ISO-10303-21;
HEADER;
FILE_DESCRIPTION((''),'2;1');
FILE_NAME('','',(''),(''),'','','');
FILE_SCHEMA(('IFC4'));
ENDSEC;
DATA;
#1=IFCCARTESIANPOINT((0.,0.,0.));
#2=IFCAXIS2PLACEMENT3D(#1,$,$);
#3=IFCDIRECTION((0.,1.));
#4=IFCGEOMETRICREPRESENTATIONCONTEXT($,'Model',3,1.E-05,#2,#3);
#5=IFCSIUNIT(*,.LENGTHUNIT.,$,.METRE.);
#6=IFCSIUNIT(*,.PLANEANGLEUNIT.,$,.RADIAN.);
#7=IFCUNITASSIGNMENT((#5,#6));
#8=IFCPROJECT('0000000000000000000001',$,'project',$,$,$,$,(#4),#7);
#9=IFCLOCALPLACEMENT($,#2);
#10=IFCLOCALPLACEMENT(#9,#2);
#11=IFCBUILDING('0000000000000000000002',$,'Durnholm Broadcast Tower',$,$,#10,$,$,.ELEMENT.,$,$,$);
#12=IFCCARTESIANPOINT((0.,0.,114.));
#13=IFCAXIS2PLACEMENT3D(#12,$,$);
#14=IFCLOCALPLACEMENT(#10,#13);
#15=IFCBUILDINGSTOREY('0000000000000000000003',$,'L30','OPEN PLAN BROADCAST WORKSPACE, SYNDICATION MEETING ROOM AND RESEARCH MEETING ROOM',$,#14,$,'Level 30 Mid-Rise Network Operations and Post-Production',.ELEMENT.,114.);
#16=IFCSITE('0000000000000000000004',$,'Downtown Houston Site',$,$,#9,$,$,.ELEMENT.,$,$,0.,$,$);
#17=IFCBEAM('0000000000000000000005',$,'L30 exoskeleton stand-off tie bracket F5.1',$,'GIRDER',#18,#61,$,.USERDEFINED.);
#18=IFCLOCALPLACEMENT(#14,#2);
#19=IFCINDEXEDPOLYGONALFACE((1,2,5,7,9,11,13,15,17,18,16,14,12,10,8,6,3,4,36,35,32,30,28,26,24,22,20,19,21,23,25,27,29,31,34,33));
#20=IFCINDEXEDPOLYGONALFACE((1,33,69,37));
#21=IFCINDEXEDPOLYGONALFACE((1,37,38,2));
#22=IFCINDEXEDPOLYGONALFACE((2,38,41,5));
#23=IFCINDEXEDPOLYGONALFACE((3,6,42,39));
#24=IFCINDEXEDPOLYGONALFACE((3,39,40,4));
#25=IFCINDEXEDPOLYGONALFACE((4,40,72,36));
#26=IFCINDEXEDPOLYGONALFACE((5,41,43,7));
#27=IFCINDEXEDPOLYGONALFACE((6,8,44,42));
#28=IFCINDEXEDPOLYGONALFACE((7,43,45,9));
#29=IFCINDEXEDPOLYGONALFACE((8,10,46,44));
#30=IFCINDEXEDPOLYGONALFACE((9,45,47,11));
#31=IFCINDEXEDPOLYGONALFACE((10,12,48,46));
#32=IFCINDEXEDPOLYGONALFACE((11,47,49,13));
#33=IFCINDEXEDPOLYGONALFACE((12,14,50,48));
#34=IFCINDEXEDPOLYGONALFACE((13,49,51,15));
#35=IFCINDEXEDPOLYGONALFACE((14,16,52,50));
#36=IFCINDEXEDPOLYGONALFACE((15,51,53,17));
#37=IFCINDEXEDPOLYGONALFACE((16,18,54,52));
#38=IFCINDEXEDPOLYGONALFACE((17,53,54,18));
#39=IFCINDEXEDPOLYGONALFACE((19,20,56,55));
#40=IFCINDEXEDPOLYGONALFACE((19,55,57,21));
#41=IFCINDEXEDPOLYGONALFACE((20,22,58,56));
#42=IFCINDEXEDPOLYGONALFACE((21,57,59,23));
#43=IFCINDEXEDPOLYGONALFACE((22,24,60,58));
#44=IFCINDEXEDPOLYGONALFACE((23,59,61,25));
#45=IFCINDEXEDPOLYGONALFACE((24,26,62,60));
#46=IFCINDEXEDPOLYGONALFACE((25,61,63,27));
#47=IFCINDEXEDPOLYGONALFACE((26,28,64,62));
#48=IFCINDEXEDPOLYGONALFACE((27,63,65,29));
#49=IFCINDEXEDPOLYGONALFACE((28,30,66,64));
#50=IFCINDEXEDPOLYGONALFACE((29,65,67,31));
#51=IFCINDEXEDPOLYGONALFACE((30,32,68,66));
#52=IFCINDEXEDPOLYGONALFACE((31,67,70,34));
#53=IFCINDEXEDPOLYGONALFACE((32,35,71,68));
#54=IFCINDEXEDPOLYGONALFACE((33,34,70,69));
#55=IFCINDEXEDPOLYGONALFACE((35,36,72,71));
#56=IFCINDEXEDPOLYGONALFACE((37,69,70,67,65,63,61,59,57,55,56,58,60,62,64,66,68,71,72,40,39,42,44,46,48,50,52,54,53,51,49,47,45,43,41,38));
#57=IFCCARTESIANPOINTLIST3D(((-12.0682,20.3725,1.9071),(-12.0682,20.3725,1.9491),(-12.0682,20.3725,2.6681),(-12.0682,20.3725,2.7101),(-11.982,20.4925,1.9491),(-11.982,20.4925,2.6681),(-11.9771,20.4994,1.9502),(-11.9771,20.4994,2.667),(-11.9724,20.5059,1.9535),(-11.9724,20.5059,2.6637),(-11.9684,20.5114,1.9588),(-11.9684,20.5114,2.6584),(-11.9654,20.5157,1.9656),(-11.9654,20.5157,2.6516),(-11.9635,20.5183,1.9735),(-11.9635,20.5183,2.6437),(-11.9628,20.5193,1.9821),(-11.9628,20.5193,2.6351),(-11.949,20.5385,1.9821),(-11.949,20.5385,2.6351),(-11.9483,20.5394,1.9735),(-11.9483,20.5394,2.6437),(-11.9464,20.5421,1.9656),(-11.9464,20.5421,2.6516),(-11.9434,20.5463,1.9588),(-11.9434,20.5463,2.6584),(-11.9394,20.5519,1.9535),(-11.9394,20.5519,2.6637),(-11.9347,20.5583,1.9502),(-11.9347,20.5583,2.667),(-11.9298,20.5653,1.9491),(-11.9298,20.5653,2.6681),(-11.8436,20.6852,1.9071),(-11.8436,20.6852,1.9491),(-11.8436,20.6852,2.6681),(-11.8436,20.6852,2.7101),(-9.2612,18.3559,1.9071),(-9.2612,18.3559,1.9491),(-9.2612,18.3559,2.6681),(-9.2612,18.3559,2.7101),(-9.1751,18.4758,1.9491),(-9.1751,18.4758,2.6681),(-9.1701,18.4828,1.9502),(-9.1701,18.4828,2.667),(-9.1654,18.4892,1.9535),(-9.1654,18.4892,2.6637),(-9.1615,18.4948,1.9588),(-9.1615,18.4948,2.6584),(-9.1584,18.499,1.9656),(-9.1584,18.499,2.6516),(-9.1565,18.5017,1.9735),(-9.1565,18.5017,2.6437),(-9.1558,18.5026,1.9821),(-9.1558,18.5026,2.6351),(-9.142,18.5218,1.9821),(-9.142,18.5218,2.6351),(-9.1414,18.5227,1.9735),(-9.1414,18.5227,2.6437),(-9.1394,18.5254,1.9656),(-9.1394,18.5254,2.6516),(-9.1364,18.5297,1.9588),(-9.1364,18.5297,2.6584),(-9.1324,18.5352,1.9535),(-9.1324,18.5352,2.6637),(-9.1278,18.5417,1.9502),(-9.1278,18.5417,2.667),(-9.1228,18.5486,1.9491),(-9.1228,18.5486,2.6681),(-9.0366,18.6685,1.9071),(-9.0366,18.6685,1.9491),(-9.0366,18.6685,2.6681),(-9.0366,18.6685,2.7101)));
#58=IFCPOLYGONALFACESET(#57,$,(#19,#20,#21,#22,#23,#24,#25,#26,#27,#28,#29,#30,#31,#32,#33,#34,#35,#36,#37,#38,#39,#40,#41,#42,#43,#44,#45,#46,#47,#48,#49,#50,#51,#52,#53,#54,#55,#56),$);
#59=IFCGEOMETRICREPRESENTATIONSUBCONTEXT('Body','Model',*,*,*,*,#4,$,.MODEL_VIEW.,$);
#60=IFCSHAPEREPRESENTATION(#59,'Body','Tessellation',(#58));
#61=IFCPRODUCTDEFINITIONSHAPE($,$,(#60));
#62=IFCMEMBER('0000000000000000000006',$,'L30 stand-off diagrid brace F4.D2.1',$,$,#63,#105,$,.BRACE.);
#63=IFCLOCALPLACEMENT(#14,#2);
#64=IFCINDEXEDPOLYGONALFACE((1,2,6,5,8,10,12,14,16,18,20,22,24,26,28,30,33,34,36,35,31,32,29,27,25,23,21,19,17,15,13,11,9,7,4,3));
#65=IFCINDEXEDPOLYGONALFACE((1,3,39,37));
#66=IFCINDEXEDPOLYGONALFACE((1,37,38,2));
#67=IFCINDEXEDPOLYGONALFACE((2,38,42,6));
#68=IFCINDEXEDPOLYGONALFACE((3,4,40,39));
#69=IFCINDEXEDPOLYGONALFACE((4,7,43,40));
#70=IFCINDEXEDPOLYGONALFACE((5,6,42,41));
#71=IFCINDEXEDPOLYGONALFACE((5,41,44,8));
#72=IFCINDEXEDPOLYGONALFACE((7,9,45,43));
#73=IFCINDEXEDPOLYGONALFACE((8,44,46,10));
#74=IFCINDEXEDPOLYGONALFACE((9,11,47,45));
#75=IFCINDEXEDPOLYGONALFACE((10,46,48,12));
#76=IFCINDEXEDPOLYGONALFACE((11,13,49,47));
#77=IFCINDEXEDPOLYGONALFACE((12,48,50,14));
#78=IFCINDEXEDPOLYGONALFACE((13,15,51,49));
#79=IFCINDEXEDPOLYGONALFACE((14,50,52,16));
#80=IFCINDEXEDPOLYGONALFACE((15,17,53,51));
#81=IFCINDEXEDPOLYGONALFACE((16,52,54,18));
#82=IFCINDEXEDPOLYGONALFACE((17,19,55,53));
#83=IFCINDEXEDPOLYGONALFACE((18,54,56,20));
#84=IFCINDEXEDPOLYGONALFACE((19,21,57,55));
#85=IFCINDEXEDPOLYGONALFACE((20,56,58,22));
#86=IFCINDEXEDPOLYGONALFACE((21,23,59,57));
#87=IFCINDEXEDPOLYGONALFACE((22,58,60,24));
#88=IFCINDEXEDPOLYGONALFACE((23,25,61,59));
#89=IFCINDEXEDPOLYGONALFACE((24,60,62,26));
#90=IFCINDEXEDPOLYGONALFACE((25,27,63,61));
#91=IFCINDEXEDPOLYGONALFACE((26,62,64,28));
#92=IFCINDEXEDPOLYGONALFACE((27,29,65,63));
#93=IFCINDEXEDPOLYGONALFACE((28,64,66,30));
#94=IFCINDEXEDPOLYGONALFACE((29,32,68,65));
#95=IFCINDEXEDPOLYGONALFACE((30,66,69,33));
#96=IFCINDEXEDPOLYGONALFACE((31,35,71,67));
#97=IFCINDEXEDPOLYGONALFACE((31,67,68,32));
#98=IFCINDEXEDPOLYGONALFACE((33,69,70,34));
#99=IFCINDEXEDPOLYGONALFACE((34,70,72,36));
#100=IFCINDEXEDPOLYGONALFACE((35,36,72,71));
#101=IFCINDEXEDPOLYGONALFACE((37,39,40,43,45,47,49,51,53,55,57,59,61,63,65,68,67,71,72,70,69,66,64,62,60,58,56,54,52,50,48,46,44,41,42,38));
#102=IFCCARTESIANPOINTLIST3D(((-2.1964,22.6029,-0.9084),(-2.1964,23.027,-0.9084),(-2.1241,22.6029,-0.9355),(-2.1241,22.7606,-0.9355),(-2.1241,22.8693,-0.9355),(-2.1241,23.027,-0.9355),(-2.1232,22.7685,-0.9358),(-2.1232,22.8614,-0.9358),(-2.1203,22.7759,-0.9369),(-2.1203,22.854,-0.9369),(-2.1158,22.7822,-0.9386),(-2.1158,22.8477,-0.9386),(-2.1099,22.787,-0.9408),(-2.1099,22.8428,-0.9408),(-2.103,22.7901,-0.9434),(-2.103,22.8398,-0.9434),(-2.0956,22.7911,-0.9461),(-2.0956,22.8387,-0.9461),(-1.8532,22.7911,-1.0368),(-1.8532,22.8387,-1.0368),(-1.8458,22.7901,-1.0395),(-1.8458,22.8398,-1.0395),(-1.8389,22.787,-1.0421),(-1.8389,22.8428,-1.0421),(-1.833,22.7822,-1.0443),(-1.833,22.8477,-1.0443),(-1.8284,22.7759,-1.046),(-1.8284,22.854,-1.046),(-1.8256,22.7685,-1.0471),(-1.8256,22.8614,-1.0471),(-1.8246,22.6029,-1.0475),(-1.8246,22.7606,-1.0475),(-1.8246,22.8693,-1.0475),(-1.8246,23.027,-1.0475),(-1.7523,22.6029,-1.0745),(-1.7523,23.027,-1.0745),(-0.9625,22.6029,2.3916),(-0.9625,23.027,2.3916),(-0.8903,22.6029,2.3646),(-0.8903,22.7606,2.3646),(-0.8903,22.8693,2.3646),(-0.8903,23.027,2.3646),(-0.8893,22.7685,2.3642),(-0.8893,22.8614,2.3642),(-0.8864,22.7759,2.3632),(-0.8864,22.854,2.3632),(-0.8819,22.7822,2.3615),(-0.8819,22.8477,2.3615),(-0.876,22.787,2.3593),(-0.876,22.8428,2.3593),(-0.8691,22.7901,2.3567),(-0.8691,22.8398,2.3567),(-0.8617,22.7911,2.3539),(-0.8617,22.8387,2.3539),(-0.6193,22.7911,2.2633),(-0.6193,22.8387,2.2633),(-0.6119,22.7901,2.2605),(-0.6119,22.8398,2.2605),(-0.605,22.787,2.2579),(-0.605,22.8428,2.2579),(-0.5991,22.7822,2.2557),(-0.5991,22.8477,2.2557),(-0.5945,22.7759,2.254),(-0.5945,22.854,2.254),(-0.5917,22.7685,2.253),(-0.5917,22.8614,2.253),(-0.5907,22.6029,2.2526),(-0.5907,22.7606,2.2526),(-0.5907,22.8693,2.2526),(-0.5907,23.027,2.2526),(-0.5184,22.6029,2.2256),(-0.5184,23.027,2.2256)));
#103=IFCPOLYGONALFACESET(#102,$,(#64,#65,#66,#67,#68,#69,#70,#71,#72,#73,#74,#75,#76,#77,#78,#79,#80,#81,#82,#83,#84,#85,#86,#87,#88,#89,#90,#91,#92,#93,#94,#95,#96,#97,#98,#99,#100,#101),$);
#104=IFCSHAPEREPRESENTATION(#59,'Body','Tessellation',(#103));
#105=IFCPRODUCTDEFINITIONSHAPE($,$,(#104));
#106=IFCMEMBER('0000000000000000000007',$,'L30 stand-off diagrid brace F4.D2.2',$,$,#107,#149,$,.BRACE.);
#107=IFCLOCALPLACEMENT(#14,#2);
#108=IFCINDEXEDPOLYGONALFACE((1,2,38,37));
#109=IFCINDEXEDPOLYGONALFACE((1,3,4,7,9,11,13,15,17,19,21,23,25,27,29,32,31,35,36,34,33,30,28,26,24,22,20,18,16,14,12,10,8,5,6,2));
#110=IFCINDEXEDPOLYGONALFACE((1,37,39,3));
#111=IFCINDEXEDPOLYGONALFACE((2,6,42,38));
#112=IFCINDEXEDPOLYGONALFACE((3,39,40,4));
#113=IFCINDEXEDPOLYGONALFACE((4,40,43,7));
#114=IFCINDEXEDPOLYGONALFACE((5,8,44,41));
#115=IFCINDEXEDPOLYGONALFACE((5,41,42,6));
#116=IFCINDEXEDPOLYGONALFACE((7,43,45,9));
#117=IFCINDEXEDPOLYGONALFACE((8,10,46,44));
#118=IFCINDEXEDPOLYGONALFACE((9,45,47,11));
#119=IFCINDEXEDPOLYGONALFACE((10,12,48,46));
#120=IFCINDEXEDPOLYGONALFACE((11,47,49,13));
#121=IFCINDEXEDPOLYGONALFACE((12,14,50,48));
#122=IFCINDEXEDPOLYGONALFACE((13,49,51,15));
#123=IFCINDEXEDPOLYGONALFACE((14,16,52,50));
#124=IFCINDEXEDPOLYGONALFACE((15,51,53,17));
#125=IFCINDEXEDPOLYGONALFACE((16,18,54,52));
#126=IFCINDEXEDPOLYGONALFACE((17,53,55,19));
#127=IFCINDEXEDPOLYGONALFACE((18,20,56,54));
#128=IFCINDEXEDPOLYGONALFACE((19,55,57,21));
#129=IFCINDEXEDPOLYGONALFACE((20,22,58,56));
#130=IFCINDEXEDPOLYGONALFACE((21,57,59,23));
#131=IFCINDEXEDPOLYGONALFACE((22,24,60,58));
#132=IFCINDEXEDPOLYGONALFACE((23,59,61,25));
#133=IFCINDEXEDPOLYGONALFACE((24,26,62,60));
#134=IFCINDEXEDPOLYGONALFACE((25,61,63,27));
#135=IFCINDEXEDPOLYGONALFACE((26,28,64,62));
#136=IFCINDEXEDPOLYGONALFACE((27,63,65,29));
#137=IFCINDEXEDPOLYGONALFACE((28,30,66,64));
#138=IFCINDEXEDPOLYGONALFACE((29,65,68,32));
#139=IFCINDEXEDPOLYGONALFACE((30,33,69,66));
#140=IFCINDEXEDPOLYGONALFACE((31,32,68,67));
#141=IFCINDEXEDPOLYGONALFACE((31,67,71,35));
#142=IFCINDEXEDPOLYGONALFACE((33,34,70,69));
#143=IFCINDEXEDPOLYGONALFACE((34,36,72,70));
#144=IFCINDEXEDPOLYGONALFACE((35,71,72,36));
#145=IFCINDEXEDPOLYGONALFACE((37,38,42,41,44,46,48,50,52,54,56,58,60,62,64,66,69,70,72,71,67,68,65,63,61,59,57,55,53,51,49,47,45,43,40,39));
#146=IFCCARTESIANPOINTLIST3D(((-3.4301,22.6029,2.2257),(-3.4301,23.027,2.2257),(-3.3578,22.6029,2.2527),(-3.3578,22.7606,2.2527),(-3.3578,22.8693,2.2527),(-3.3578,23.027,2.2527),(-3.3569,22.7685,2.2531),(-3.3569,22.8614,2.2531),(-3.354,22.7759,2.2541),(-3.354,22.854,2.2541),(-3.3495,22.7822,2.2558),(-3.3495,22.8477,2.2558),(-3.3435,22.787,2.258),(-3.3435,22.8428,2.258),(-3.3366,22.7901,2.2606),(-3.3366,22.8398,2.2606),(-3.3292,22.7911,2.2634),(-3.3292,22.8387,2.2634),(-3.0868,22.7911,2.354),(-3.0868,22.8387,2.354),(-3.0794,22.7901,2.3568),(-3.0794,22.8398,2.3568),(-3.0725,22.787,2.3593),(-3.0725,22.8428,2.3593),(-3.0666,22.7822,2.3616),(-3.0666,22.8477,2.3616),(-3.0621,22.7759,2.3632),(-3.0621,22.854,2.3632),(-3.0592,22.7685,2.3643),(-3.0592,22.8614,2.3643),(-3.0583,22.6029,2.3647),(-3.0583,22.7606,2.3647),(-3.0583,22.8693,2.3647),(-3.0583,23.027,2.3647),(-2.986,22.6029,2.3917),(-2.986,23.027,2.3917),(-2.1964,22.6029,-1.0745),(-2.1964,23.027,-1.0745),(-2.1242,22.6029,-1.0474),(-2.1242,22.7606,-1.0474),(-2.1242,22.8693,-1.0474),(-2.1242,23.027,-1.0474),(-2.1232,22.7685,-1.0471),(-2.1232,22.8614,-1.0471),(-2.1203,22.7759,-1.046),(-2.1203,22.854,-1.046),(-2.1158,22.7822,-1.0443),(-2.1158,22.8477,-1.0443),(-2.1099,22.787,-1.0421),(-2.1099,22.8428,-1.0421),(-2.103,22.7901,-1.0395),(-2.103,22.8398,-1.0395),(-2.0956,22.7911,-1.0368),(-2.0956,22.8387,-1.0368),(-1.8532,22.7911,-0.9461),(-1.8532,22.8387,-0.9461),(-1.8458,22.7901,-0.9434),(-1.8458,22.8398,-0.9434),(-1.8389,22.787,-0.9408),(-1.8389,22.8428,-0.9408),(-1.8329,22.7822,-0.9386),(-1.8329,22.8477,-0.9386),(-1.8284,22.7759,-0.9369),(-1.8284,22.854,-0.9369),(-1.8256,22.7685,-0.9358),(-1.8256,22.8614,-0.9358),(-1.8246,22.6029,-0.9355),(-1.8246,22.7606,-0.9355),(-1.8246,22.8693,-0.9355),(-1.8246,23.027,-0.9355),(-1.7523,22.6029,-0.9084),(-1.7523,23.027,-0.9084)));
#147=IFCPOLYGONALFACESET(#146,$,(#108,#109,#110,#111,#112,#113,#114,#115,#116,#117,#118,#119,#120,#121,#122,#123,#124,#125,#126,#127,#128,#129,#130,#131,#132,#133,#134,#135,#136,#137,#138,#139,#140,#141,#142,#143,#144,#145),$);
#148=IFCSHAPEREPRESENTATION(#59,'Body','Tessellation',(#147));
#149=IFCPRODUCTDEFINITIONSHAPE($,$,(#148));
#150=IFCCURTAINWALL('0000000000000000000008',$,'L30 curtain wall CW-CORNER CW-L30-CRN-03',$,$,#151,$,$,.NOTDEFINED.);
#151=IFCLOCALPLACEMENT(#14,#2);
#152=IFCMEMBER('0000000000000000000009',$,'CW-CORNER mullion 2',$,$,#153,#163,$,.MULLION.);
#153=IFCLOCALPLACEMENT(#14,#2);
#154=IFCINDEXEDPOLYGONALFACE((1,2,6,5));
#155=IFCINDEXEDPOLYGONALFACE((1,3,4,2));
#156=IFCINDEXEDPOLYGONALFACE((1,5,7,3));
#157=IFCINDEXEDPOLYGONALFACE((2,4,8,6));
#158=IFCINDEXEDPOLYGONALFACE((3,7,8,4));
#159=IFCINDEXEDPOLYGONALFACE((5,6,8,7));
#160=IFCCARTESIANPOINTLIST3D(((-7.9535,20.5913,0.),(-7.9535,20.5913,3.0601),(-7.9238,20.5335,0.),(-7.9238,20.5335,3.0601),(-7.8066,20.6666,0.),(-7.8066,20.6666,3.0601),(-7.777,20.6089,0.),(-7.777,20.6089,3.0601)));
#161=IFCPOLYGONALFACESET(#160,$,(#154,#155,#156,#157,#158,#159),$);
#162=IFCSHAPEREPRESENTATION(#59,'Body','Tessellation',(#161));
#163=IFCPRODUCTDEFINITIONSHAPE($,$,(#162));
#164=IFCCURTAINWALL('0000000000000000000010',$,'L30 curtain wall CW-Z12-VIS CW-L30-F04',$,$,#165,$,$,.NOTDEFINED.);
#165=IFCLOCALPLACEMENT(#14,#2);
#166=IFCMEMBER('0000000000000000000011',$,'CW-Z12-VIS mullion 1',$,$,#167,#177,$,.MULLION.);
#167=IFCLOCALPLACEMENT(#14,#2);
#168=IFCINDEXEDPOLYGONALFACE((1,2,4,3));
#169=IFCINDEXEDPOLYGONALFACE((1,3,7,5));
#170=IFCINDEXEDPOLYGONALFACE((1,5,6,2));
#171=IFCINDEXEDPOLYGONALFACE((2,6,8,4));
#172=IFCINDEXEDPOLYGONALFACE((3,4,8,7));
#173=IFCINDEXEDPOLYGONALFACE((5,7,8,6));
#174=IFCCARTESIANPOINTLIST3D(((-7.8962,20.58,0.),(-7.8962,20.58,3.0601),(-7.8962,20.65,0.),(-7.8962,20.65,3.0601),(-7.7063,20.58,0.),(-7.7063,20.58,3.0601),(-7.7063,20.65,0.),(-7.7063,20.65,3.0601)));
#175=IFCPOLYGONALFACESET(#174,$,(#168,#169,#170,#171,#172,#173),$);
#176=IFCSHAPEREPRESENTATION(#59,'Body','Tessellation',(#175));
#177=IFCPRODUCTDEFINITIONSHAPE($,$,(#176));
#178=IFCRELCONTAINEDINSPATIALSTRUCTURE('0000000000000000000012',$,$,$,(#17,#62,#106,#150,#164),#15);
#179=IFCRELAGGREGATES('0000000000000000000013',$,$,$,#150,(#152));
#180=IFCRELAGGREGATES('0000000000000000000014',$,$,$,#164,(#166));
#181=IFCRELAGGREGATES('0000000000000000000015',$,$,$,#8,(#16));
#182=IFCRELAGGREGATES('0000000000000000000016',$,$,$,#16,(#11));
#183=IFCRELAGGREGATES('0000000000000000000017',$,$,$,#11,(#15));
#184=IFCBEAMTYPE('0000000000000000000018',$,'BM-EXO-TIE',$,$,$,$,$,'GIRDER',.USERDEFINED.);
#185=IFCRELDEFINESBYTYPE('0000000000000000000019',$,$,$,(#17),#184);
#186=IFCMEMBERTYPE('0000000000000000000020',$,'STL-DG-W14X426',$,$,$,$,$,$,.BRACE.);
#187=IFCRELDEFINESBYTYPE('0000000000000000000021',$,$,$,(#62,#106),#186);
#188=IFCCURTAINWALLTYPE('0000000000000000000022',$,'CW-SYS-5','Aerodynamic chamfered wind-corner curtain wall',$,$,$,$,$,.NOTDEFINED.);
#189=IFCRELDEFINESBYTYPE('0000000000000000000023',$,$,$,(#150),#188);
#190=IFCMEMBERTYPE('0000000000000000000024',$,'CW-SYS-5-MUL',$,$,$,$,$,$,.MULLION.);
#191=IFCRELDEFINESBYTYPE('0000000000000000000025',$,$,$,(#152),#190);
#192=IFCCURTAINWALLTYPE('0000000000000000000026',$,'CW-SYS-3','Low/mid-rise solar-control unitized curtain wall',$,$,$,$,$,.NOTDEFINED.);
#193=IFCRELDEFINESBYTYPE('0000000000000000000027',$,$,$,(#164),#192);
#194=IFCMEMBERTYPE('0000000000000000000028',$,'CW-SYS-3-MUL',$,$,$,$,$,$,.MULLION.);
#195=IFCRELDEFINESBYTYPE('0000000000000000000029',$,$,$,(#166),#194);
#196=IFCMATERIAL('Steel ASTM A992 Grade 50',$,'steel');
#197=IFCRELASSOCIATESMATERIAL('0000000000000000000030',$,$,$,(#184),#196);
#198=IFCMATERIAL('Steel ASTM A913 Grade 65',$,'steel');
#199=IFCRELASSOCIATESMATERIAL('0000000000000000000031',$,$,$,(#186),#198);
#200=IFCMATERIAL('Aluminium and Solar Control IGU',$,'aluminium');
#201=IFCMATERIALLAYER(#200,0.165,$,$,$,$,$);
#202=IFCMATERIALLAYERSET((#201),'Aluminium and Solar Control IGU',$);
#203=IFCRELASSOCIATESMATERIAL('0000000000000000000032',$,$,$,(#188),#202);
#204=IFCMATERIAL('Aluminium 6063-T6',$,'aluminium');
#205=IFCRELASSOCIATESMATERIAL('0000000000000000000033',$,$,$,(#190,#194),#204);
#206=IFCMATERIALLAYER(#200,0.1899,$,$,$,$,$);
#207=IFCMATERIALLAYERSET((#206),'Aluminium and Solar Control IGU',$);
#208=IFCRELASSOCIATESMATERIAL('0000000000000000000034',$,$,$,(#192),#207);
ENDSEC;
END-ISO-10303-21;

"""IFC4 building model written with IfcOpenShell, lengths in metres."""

from ifc_helpers import new_model, si_unit, direction, frame, origin, origin_2d, place, context, subcontext, project, spatial, rectangle, i_section, extrude, source, transform, mapped, material, layer, layer_set, material_profile, profile_set, type_object, type_shapes, element, aggregate, save


model = new_model("IFC4")

# Units and contexts
model_context = context("Model", 3, precision=1e-05, world=origin(), true_north=direction((0.0, 1.0)))
body_context = subcontext(model_context, "Body", "Model", "MODEL_VIEW")
ifc_project = project(units=[si_unit("LENGTHUNIT", "METRE"), si_unit("PLANEANGLEUNIT", "RADIAN")], contexts=[model_context])

# Site, building, storey
site_placement = place(None, origin())
site = spatial("IfcSite", under=ifc_project, at=site_placement, Name="Downtown Houston Site", CompositionType="ELEMENT", RefElevation=0.0)
building_placement = place(site_placement, origin())
building = spatial("IfcBuilding", under=site, at=building_placement, Name="Durnholm Broadcast Tower", CompositionType="ELEMENT")
storey_placement = place(building_placement, frame((0.0, 0.0, 114.0)))
storey = spatial("IfcBuildingStorey", under=building, at=storey_placement, Name="L30", Description="OPEN PLAN BROADCAST WORKSPACE, SYNDICATION MEETING ROOM AND RESEARCH MEETING ROOM", LongName="Level 30 Mid-Rise Network Operations and Post-Production", CompositionType="ELEMENT", Elevation=114.0)

# Beam
ifc_material_1 = material(Name="Steel ASTM A992 Grade 50", Category="steel")
ifc_material_profile_1 = material_profile(ifc_material_1, i_section(OverallWidth=0.385, OverallDepth=0.803, WebThickness=0.0237, FlangeThickness=0.042, FilletRadius=0.033, at=origin_2d()), Name="W30X261")
ifc_profile_set_1 = profile_set([ifc_material_profile_1], Name="Steel ASTM A992 Grade 50")
beam_type_1 = type_object("IfcBeamType", Name="BM-EXO-TIE", ElementType="GIRDER", PredefinedType="USERDEFINED", material=ifc_profile_set_1)
shared_shape_1 = source(origin(), body_context, "Body", "SweptSolid", [
    extrude(i_section(OverallWidth=0.385, OverallDepth=0.803, WebThickness=0.0237, FlangeThickness=0.042, FilletRadius=0.033, at=origin_2d()), origin(), (0.0, 0.0, 1.0), 3.4563),
])
beam_1_placement = place(storey_placement, frame((-9.1489, 18.5122, 2.3086), z_axis=(-0.812131, 0.583474, 0.0), x_axis=(-0.583474, -0.812131, 0.0)))
element("IfcBeam", 1, at=beam_1_placement, inside=storey, type_object=beam_type_1, Name="L30 exoskeleton stand-off tie bracket F5.1", ObjectType="GIRDER", PredefinedType="USERDEFINED", context=body_context, shape_type="MappedRepresentation", body=[
    mapped(shared_shape_1, transform((0.0, 0.0, 0.0), x_axis=(1.0, 0.0, 0.0), y_axis=(0.0, 1.0, 0.0), z_axis=(0.0, 0.0, 1.0), scale=1.0)),
])

# Members
ifc_material_2 = material(Name="Steel ASTM A913 Grade 65", Category="steel")
ifc_material_profile_2 = material_profile(ifc_material_2, i_section(OverallWidth=0.4241, OverallDepth=0.4741, WebThickness=0.0476, FlangeThickness=0.0771, FilletRadius=0.0305, at=origin_2d()), Name="W14X426")
ifc_profile_set_2 = profile_set([ifc_material_profile_2], Name="Steel ASTM A913 Grade 65")
member_type_1 = type_object("IfcMemberType", Name="STL-DG-W14X426", PredefinedType="BRACE", material=ifc_profile_set_2)
shared_shape_2 = source(origin(), body_context, "Body", "SweptSolid", [
    extrude(i_section(OverallWidth=0.4241, OverallDepth=0.4741, WebThickness=0.0476, FlangeThickness=0.0771, FilletRadius=0.0305, at=origin_2d()), origin(), (0.0, 0.0, 1.0), 3.5232),
])
type_shapes(member_type_1, [shared_shape_2])
for number, where, z_axis, x_axis, name in (
    (2, (-1.9744, 22.8149, -0.9915), (0.35022, 0.0, 0.936668), (0.0, 1.0, 0.0), "L30 stand-off diagrid brace F4.D2.1"),
    (3, (-1.9744, 22.8149, -0.9915), (-0.350159, 0.0, 0.93669), (0.0, -1.0, 0.0), "L30 stand-off diagrid brace F4.D2.2"),
):
    element("IfcMember", number, at=place(storey_placement, frame(where, z_axis=z_axis, x_axis=x_axis)), inside=storey, type_object=member_type_1, Name=name, PredefinedType="BRACE", context=body_context, shape_type="MappedRepresentation", body=[
        mapped(shared_shape_2, transform((0.0, 0.0, 0.0), x_axis=(1.0, 0.0, 0.0), y_axis=(0.0, 1.0, 0.0), z_axis=(0.0, 0.0, 1.0), scale=1.0)),
    ])

# Curtain wall, member
ifc_material_3 = material(Name="Aluminium and Solar Control IGU", Category="aluminium")
ifc_layer_1 = layer(ifc_material_3, 0.165)
ifc_layer_set_1 = layer_set([ifc_layer_1], Name="Aluminium and Solar Control IGU")
curtain_wall_type_1 = type_object("IfcCurtainWallType", Name="CW-SYS-5", Description="Aerodynamic chamfered wind-corner curtain wall", PredefinedType="NOTDEFINED", material=ifc_layer_set_1)
curtain_wall_1_placement = place(storey_placement, origin())
curtain_wall_1 = element("IfcCurtainWall", 4, at=curtain_wall_1_placement, inside=storey, type_object=curtain_wall_type_1, Name="L30 curtain wall CW-CORNER CW-L30-CRN-03", PredefinedType="NOTDEFINED")
ifc_material_4 = material(Name="Aluminium 6063-T6", Category="aluminium")
ifc_material_profile_3 = material_profile(ifc_material_4, rectangle(XDim=0.0649, YDim=0.165, at=origin_2d()), Name="CWM65X165")
ifc_profile_set_3 = profile_set([ifc_material_profile_3], Name="Aluminium 6063-T6")
member_type_2 = type_object("IfcMemberType", Name="CW-SYS-5-MUL", PredefinedType="MULLION", material=ifc_profile_set_3)
shared_shape_3 = source(origin(), body_context, "Body", "SweptSolid", [
    extrude(rectangle(XDim=0.0649, YDim=0.165, at=origin_2d()), origin(), (0.0, 0.0, 1.0), 3.0601),
])
type_shapes(member_type_2, [shared_shape_3])
member_1_placement = place(storey_placement, frame((-7.8652, 20.6001, 0.0), z_axis=(0.0, 0.0, 1.0), x_axis=(-0.456373, 0.889788, 0.0)))
member_1 = element("IfcMember", 5, at=member_1_placement, type_object=member_type_2, Name="CW-CORNER mullion 2", PredefinedType="MULLION", context=body_context, shape_type="MappedRepresentation", body=[
    mapped(shared_shape_3, transform((0.0, 0.0, 0.0), x_axis=(1.0, 0.0, 0.0), y_axis=(0.0, 1.0, 0.0), z_axis=(0.0, 0.0, 1.0), scale=1.0)),
])

# Curtain wall, member
ifc_layer_2 = layer(ifc_material_3, 0.1899)
ifc_layer_set_2 = layer_set([ifc_layer_2], Name="Aluminium and Solar Control IGU")
curtain_wall_type_2 = type_object("IfcCurtainWallType", Name="CW-SYS-3", Description="Low/mid-rise solar-control unitized curtain wall", PredefinedType="NOTDEFINED", material=ifc_layer_set_2)
curtain_wall_2_placement = place(storey_placement, origin())
curtain_wall_2 = element("IfcCurtainWall", 6, at=curtain_wall_2_placement, inside=storey, type_object=curtain_wall_type_2, Name="L30 curtain wall CW-Z12-VIS CW-L30-F04", PredefinedType="NOTDEFINED")
ifc_material_profile_4 = material_profile(ifc_material_4, rectangle(XDim=0.0701, YDim=0.1899, at=origin_2d()), Name="CWM70X190")
ifc_profile_set_4 = profile_set([ifc_material_profile_4], Name="Aluminium 6063-T6")
member_type_3 = type_object("IfcMemberType", Name="CW-SYS-3-MUL", PredefinedType="MULLION", material=ifc_profile_set_4)
shared_shape_4 = source(origin(), body_context, "Body", "SweptSolid", [
    extrude(rectangle(XDim=0.0701, YDim=0.1899, at=origin_2d()), origin(), (0.0, 0.0, 1.0), 3.0601),
])
type_shapes(member_type_3, [shared_shape_4])
member_2_placement = place(storey_placement, frame((-7.8013, 20.615, 0.0), z_axis=(0.0, 0.0, 1.0), x_axis=(0.0, 1.0, 0.0)))
member_2 = element("IfcMember", 7, at=member_2_placement, type_object=member_type_3, Name="CW-Z12-VIS mullion 1", PredefinedType="MULLION", context=body_context, shape_type="MappedRepresentation", body=[
    mapped(shared_shape_4, transform((0.0, 0.0, 0.0), x_axis=(1.0, 0.0, 0.0), y_axis=(0.0, 1.0, 0.0), z_axis=(0.0, 0.0, 1.0), scale=1.0)),
])

aggregate(curtain_wall_1, [member_1])
aggregate(curtain_wall_2, [member_2])

save(model, "model.ifc")
